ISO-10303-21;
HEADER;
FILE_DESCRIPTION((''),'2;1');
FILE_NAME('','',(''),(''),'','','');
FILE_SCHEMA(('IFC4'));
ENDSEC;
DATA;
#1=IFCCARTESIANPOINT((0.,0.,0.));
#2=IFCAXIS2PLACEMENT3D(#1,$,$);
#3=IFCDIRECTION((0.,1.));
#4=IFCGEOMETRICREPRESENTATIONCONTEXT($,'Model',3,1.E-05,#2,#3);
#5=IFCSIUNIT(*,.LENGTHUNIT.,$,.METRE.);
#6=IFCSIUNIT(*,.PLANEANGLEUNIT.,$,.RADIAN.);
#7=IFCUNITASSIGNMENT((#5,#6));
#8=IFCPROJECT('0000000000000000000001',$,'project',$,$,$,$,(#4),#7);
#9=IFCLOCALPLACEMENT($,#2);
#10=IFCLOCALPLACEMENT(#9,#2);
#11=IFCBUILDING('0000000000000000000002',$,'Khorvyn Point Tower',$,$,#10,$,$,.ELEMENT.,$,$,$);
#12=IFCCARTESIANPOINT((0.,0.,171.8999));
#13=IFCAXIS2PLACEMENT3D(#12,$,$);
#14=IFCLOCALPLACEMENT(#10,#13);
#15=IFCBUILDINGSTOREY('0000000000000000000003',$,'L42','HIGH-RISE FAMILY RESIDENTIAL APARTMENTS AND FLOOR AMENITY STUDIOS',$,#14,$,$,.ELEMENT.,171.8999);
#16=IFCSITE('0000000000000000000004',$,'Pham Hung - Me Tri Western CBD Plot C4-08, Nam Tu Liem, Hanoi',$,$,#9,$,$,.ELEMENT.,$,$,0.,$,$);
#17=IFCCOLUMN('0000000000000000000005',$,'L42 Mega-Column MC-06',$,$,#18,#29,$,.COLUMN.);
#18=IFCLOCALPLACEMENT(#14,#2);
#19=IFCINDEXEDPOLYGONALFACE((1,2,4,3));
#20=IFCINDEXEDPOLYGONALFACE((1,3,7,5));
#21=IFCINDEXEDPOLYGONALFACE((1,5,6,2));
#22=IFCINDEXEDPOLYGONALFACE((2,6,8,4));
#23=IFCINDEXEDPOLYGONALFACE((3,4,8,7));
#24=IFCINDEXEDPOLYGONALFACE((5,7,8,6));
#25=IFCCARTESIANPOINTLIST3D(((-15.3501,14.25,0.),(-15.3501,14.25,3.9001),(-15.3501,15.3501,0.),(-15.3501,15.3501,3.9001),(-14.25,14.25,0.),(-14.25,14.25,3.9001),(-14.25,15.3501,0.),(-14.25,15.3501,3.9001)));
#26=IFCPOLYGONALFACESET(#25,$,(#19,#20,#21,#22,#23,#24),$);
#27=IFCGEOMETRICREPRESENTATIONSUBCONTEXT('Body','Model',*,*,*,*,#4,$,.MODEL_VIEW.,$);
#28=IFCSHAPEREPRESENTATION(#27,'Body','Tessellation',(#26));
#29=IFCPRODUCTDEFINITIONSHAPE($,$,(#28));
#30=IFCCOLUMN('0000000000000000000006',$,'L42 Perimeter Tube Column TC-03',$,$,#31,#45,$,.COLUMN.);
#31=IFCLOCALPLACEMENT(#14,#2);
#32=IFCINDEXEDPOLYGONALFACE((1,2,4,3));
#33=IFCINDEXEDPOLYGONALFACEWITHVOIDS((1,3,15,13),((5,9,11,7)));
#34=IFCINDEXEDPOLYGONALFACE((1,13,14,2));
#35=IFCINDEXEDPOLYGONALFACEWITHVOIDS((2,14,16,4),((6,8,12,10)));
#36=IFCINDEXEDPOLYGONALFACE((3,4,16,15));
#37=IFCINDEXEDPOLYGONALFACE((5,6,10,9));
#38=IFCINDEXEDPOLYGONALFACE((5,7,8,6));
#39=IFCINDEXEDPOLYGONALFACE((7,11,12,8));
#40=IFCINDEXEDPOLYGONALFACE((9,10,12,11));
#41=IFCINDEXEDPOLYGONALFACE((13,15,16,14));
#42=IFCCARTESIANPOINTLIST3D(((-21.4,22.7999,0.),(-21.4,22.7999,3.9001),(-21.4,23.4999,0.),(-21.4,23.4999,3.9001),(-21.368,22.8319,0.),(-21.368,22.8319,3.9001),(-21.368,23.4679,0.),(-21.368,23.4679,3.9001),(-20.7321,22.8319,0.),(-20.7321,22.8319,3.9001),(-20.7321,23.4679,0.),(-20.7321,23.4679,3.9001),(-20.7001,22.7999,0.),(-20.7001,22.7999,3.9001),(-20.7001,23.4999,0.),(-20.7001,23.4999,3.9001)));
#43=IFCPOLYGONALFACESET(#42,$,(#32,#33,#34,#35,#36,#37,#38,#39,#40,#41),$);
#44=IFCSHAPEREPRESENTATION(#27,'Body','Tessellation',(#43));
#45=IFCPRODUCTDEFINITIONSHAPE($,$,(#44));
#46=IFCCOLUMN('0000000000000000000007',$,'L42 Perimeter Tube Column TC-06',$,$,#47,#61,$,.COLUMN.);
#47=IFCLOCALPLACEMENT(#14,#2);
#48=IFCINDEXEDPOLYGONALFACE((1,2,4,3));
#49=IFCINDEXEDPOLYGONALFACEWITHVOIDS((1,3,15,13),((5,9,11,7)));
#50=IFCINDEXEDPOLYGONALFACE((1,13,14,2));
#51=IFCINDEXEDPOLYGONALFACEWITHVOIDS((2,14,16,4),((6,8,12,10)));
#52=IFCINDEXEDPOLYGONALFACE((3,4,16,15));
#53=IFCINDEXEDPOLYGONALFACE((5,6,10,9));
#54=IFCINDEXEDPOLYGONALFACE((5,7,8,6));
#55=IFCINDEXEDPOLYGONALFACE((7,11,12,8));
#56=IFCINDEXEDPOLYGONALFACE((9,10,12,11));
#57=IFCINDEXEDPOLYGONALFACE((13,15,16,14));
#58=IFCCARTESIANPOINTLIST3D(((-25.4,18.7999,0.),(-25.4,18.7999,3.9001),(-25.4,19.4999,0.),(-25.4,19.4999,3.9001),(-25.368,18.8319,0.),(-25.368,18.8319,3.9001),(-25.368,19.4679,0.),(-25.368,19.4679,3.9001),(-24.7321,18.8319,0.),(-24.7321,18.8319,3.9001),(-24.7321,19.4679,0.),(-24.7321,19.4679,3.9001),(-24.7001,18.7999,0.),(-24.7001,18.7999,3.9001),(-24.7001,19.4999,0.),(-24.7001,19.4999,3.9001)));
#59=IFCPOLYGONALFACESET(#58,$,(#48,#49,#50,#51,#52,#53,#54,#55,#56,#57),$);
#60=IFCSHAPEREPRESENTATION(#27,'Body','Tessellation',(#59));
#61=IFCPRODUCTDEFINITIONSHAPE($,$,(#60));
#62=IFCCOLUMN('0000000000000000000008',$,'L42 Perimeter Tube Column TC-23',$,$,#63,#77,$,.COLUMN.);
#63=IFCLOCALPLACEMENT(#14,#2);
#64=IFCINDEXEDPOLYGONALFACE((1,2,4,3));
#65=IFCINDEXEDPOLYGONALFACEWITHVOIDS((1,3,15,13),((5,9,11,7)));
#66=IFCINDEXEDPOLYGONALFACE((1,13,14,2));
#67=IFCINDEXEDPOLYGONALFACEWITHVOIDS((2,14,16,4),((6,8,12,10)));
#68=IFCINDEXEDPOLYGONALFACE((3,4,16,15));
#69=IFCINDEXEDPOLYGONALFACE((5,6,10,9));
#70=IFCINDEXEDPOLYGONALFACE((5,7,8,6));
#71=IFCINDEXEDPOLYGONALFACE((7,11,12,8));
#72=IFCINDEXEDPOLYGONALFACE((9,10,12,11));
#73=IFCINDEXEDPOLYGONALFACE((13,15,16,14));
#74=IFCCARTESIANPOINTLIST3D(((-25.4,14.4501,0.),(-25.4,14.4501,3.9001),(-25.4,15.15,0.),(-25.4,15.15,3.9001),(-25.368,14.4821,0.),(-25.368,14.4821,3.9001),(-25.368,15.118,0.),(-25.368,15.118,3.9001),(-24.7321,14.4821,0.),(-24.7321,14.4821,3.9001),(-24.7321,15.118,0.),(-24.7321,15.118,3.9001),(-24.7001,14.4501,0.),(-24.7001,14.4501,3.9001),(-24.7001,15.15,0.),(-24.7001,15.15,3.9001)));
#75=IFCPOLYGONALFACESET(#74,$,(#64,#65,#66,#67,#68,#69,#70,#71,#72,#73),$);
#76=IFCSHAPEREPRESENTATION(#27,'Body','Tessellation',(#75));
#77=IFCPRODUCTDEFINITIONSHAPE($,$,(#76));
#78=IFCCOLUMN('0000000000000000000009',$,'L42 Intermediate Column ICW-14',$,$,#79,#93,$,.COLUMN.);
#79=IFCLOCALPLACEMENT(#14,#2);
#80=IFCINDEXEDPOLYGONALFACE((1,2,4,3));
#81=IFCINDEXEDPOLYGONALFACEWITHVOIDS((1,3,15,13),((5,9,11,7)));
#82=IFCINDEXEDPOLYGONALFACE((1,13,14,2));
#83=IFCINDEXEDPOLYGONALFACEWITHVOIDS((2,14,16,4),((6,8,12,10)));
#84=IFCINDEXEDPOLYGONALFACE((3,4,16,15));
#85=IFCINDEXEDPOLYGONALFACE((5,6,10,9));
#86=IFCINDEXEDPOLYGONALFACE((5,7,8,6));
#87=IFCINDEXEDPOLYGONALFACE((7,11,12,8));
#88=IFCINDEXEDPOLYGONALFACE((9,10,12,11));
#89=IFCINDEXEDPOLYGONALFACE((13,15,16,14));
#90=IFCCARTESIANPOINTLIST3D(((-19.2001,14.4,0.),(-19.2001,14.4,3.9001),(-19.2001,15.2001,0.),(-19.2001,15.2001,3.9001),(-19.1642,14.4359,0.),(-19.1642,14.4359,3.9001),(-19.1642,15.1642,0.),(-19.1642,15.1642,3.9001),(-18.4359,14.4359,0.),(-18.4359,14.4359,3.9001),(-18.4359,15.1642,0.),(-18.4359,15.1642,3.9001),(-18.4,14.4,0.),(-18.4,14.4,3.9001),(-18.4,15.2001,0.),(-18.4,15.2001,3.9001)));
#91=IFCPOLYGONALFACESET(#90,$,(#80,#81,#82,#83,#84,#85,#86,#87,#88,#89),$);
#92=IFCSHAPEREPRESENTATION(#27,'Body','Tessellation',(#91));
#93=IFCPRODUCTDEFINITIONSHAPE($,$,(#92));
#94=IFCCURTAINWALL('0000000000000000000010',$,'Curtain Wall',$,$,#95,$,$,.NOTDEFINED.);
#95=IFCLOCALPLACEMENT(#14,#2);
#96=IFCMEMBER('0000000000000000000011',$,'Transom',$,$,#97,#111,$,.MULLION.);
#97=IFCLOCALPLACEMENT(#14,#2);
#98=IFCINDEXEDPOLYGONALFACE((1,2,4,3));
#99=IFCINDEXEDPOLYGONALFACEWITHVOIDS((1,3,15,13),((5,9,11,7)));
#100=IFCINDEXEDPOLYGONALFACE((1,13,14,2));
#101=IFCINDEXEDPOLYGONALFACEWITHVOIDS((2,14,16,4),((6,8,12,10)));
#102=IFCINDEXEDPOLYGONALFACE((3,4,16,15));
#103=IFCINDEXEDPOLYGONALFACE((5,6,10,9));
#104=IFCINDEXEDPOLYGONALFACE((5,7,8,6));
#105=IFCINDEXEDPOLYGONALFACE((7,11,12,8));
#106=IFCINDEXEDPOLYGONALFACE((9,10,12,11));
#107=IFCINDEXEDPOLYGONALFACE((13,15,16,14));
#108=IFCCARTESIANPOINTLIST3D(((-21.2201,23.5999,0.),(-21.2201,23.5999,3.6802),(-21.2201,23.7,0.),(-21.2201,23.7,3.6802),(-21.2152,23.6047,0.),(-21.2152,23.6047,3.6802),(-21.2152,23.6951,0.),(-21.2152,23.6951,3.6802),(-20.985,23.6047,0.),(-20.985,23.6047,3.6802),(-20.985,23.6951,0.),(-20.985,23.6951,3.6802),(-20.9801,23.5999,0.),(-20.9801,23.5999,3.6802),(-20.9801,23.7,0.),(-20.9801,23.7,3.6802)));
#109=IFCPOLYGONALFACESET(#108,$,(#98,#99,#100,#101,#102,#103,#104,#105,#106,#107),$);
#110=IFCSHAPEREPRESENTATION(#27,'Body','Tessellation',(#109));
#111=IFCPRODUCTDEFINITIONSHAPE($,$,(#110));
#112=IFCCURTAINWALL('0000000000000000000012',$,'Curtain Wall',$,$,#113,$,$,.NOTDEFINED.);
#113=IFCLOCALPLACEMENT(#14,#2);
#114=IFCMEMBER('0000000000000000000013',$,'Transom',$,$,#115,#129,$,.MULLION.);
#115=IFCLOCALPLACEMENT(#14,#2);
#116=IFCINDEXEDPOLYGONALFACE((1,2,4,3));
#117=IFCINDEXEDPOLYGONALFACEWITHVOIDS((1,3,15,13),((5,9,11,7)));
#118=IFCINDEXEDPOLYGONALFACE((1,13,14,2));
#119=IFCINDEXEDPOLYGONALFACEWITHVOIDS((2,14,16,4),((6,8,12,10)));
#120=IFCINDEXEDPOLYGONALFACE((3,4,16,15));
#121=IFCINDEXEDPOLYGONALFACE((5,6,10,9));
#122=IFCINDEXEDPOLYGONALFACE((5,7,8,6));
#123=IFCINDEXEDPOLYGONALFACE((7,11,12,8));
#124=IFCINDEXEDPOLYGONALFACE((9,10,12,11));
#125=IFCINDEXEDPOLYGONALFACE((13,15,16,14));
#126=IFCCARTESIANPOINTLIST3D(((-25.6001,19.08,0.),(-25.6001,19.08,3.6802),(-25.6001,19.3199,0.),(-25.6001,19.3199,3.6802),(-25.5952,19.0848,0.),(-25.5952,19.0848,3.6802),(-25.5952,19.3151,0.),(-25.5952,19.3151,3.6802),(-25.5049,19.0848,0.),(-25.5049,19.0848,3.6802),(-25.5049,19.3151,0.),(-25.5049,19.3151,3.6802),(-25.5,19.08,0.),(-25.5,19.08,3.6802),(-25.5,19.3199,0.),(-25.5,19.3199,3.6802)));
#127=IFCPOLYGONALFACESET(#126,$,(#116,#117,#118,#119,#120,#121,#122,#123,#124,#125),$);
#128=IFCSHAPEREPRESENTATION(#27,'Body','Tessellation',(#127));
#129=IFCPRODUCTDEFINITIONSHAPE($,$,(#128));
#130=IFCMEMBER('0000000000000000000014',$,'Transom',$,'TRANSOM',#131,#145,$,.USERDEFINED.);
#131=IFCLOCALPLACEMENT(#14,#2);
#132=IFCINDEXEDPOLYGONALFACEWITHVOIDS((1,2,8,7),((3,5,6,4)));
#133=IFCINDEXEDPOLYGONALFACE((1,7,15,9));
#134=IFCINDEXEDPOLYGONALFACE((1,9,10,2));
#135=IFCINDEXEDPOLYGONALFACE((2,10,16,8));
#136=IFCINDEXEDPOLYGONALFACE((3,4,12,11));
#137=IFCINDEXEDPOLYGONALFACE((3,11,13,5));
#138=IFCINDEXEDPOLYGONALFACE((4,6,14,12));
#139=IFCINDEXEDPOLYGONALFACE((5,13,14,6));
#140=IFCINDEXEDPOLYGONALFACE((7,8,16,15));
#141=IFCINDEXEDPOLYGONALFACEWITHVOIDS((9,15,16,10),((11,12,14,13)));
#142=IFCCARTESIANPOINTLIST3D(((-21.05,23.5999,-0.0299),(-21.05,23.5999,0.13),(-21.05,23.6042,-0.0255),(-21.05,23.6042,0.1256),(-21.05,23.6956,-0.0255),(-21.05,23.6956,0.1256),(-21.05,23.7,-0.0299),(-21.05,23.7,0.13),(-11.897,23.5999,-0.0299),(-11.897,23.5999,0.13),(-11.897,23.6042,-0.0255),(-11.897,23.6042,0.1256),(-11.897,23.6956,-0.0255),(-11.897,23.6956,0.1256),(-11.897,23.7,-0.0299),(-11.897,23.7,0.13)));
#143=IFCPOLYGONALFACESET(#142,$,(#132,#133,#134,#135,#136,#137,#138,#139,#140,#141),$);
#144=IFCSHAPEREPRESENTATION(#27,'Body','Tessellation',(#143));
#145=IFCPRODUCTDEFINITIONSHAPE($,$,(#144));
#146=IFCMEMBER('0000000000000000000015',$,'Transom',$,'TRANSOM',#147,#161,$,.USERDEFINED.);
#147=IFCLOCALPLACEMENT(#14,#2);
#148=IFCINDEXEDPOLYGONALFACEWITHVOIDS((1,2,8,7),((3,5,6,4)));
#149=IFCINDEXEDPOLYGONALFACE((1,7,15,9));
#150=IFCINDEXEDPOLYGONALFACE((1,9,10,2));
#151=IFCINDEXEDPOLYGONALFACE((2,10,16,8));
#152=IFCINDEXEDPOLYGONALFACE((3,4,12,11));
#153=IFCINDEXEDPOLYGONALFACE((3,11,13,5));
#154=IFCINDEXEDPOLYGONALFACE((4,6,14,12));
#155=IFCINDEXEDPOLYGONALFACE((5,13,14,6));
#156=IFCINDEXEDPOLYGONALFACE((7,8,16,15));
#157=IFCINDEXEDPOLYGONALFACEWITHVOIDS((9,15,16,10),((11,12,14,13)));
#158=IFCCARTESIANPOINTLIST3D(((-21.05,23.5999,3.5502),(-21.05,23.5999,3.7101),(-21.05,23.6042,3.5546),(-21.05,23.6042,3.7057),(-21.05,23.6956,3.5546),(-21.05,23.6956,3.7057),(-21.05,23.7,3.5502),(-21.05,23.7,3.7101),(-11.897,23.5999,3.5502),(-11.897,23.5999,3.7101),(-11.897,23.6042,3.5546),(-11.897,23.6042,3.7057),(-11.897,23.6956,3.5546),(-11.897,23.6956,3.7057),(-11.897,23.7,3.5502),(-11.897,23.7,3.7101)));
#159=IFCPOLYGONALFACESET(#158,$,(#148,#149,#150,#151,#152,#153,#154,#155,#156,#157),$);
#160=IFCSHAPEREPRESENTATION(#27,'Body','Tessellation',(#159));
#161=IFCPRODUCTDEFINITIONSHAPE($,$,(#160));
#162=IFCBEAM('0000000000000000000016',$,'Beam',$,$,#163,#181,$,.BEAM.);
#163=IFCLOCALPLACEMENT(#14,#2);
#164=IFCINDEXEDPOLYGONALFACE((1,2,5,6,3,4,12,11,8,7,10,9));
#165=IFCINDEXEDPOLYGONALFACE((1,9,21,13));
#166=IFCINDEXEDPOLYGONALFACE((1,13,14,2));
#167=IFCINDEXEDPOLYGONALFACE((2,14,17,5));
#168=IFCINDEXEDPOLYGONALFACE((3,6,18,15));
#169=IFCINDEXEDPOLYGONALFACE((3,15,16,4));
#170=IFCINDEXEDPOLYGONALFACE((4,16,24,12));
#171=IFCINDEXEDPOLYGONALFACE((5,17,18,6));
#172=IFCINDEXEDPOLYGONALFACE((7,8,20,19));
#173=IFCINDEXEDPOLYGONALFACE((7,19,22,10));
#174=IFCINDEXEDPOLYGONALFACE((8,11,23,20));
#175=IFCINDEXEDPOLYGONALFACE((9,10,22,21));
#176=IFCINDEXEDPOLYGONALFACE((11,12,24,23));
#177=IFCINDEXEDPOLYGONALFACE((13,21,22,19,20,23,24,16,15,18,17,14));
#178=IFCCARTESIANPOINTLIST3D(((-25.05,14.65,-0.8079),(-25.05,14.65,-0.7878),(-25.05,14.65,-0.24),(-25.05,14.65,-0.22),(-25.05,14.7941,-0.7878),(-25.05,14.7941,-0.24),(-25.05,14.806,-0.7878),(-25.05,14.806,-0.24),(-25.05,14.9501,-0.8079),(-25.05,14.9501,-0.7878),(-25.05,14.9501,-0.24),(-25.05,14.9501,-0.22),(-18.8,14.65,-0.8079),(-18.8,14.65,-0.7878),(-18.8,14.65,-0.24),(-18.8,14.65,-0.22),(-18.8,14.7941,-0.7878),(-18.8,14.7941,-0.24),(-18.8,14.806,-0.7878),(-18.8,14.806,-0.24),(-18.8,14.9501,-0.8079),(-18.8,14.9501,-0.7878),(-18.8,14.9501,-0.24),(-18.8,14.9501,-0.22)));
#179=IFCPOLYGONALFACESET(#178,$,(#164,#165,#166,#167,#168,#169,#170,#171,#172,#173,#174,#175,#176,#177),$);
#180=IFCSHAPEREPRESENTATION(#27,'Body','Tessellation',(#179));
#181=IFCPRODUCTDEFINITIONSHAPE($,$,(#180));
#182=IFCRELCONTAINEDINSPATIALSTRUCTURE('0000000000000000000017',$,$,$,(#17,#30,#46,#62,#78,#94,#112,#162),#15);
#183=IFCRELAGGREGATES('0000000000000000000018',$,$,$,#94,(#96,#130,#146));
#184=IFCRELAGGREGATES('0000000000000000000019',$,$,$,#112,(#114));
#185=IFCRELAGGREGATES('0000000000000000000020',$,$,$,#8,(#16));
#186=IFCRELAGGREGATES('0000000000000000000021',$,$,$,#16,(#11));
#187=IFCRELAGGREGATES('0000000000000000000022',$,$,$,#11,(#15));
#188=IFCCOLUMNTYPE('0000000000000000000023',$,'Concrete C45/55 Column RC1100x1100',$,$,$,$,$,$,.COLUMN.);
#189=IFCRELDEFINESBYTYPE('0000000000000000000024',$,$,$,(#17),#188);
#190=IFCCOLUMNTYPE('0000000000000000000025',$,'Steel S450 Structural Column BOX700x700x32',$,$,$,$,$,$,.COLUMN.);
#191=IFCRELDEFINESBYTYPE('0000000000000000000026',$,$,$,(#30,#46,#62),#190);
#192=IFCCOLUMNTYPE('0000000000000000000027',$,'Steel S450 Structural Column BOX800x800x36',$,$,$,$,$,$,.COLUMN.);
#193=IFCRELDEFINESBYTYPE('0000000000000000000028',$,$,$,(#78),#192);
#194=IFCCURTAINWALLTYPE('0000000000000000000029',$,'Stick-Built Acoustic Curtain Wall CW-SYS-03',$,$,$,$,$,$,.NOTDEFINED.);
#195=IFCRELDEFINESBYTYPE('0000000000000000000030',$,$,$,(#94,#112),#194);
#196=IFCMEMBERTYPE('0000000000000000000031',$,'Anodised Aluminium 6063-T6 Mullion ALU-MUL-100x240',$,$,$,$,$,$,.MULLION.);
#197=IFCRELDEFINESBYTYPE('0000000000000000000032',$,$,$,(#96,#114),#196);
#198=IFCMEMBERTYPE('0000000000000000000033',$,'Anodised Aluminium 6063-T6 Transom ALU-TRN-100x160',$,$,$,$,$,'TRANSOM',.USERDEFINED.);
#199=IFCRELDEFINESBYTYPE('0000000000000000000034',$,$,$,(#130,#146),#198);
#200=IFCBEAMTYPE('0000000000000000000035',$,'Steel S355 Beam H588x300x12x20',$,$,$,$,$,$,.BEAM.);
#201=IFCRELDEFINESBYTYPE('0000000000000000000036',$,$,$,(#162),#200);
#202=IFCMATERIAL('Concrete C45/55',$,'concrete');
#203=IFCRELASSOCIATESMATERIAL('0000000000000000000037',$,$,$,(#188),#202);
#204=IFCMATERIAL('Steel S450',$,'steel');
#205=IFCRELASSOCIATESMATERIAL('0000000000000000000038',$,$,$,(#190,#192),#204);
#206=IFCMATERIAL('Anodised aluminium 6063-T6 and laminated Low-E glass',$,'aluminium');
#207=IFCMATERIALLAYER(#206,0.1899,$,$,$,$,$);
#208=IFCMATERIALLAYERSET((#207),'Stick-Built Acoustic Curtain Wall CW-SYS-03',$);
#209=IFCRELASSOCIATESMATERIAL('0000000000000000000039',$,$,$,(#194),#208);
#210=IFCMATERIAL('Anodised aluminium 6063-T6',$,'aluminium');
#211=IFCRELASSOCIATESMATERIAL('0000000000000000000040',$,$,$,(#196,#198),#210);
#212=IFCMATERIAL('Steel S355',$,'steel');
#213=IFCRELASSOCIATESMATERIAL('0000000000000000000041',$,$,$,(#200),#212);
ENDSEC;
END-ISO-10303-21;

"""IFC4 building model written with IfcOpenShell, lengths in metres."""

from ifc_helpers import new_model, si_unit, direction, frame, origin, origin_2d, place, context, subcontext, project, spatial, rectangle, hollow_rectangle, i_section, extrude, material, layer, layer_set, material_profile, profile_set, type_object, element, aggregate, save


model = new_model("IFC4")

# Units and contexts
model_context = context("Model", 3, precision=1e-05, world=origin(), true_north=direction((0.0, 1.0)))
body_context = subcontext(model_context, "Body", "Model", "MODEL_VIEW")
ifc_project = project(units=[si_unit("LENGTHUNIT", "METRE"), si_unit("PLANEANGLEUNIT", "RADIAN")], contexts=[model_context])

# Site, building, storey
site_placement = place(None, origin())
site = spatial("IfcSite", under=ifc_project, at=site_placement, Name="Pham Hung - Me Tri Western CBD Plot C4-08, Nam Tu Liem, Hanoi", CompositionType="ELEMENT", RefElevation=0.0)
building_placement = place(site_placement, origin())
building = spatial("IfcBuilding", under=site, at=building_placement, Name="Khorvyn Point Tower", CompositionType="ELEMENT")
storey_placement = place(building_placement, frame((0.0, 0.0, 171.8999)))
storey = spatial("IfcBuildingStorey", under=building, at=storey_placement, Name="L42", Description="HIGH-RISE FAMILY RESIDENTIAL APARTMENTS AND FLOOR AMENITY STUDIOS", CompositionType="ELEMENT", Elevation=171.8999)

# Columns
ifc_material_1 = material(Name="Concrete C45/55", Category="concrete")
ifc_material_profile_1 = material_profile(ifc_material_1, rectangle(XDim=1.1001, YDim=1.1001, at=origin_2d()))
ifc_profile_set_1 = profile_set([ifc_material_profile_1], Name="Concrete C45/55 RC1100x1100")
column_type_1 = type_object("IfcColumnType", Name="Concrete C45/55 Column RC1100x1100", PredefinedType="COLUMN", material=ifc_profile_set_1)
column_1_placement = place(storey_placement, frame((-14.8, 14.8, 0.0), z_axis=(0.0, 0.0, 1.0), x_axis=(1.0, 0.0, 0.0)))
element("IfcColumn", 1, at=column_1_placement, inside=storey, type_object=column_type_1, Name="L42 Mega-Column MC-06", PredefinedType="COLUMN", context=body_context, shape_type="SweptSolid", body=[
    extrude(rectangle(XDim=1.1001, YDim=1.1001, at=origin_2d()), origin(), (0.0, 0.0, 1.0), 3.9001),
])
ifc_material_2 = material(Name="Steel S450", Category="steel")
ifc_material_profile_2 = material_profile(ifc_material_2, hollow_rectangle(XDim=0.7, YDim=0.7, WallThickness=0.032, at=origin_2d()))
ifc_profile_set_2 = profile_set([ifc_material_profile_2], Name="Steel S450 BOX700x700x32")
column_type_2 = type_object("IfcColumnType", Name="Steel S450 Structural Column BOX700x700x32", PredefinedType="COLUMN", material=ifc_profile_set_2)
for number, where, z_axis, x_axis, name in (
    (2, (-21.05, 23.1499, 0.0), (0.0, 0.0, 1.0), (1.0, 0.0, 0.0), "L42 Perimeter Tube Column TC-03"),
    (3, (-25.05, 19.1499, 0.0), (0.0, 0.0, 1.0), (1.0, 0.0, 0.0), "L42 Perimeter Tube Column TC-06"),
    (4, (-25.05, 14.8, 0.0), (0.0, 0.0, 1.0), (1.0, 0.0, 0.0), "L42 Perimeter Tube Column TC-23"),
):
    element("IfcColumn", number, at=place(storey_placement, frame(where, z_axis=z_axis, x_axis=x_axis)), inside=storey, type_object=column_type_2, Name=name, PredefinedType="COLUMN", context=body_context, shape_type="SweptSolid", body=[
        extrude(hollow_rectangle(XDim=0.7, YDim=0.7, WallThickness=0.032, at=origin_2d()), origin(), (0.0, 0.0, 1.0), 3.9001),
    ])
ifc_material_profile_3 = material_profile(ifc_material_2, hollow_rectangle(XDim=0.8, YDim=0.8, WallThickness=0.0359, at=origin_2d()))
ifc_profile_set_3 = profile_set([ifc_material_profile_3], Name="Steel S450 BOX800x800x36")
column_type_3 = type_object("IfcColumnType", Name="Steel S450 Structural Column BOX800x800x36", PredefinedType="COLUMN", material=ifc_profile_set_3)
column_2_placement = place(storey_placement, frame((-18.8, 14.8, 0.0), z_axis=(0.0, 0.0, 1.0), x_axis=(1.0, 0.0, 0.0)))
element("IfcColumn", 5, at=column_2_placement, inside=storey, type_object=column_type_3, Name="L42 Intermediate Column ICW-14", PredefinedType="COLUMN", context=body_context, shape_type="SweptSolid", body=[
    extrude(hollow_rectangle(XDim=0.8, YDim=0.8, WallThickness=0.0359, at=origin_2d()), origin(), (0.0, 0.0, 1.0), 3.9001),
])

# Curtain walls, members
ifc_material_3 = material(Name="Anodised aluminium 6063-T6 and laminated Low-E glass", Category="aluminium")
ifc_layer_1 = layer(ifc_material_3, 0.1899)
ifc_layer_set_1 = layer_set([ifc_layer_1], Name="Stick-Built Acoustic Curtain Wall CW-SYS-03")
curtain_wall_type = type_object("IfcCurtainWallType", Name="Stick-Built Acoustic Curtain Wall CW-SYS-03", PredefinedType="NOTDEFINED", material=ifc_layer_set_1)
curtain_wall_1_placement = place(storey_placement, origin())
curtain_wall_1 = element("IfcCurtainWall", 6, at=curtain_wall_1_placement, inside=storey, type_object=curtain_wall_type, Name="Curtain Wall", PredefinedType="NOTDEFINED")
ifc_material_4 = material(Name="Anodised aluminium 6063-T6", Category="aluminium")
ifc_material_profile_4 = material_profile(ifc_material_4, hollow_rectangle(XDim=0.1001, YDim=0.24, WallThickness=0.0049, at=origin_2d()))
ifc_profile_set_4 = profile_set([ifc_material_profile_4], Name="Anodised aluminium 6063-T6 ALU-MUL-100x240")
member_type_1 = type_object("IfcMemberType", Name="Anodised Aluminium 6063-T6 Mullion ALU-MUL-100x240", PredefinedType="MULLION", material=ifc_profile_set_4)
member_1_placement = place(storey_placement, frame((-21.1001, 23.6499, 0.0), z_axis=(0.0, 0.0, 1.0), x_axis=(0.0, 1.0, 0.0)))
member_1 = element("IfcMember", 7, at=member_1_placement, type_object=member_type_1, Name="Transom", PredefinedType="MULLION", context=body_context, shape_type="SweptSolid", body=[
    extrude(hollow_rectangle(XDim=0.1001, YDim=0.24, WallThickness=0.0049, at=origin_2d()), origin(), (0.0, 0.0, 1.0), 3.6802),
])
curtain_wall_2_placement = place(storey_placement, origin())
curtain_wall_2 = element("IfcCurtainWall", 8, at=curtain_wall_2_placement, inside=storey, type_object=curtain_wall_type, Name="Curtain Wall", PredefinedType="NOTDEFINED")
member_2_placement = place(storey_placement, frame((-25.55, 19.2, 0.0), z_axis=(0.0, 0.0, 1.0), x_axis=(-1.0, 0.0, 0.0)))
member_2 = element("IfcMember", 9, at=member_2_placement, type_object=member_type_1, Name="Transom", PredefinedType="MULLION", context=body_context, shape_type="SweptSolid", body=[
    extrude(hollow_rectangle(XDim=0.1001, YDim=0.24, WallThickness=0.0049, at=origin_2d()), origin(), (0.0, 0.0, 1.0), 3.6802),
])

# Members
ifc_material_profile_5 = material_profile(ifc_material_4, hollow_rectangle(XDim=0.1001, YDim=0.1599, WallThickness=0.0044, at=origin_2d()))
ifc_profile_set_5 = profile_set([ifc_material_profile_5], Name="Anodised aluminium 6063-T6 ALU-TRN-100x160")
member_type_2 = type_object("IfcMemberType", Name="Anodised Aluminium 6063-T6 Transom ALU-TRN-100x160", ElementType="TRANSOM", PredefinedType="USERDEFINED", material=ifc_profile_set_5)
member_3_placement = place(storey_placement, frame((-21.05, 23.6499, 0.05), z_axis=(1.0, 0.0, 0.0), x_axis=(0.0, 1.0, 0.0)))
member_3 = element("IfcMember", 10, at=member_3_placement, type_object=member_type_2, Name="Transom", ObjectType="TRANSOM", PredefinedType="USERDEFINED", context=body_context, shape_type="SweptSolid", body=[
    extrude(hollow_rectangle(XDim=0.1001, YDim=0.1599, WallThickness=0.0044, at=origin_2d()), origin(), (0.0, 0.0, 1.0), 9.1531),
])
member_4_placement = place(storey_placement, frame((-21.05, 23.6499, 3.6301), z_axis=(1.0, 0.0, 0.0), x_axis=(0.0, 1.0, 0.0)))
member_4 = element("IfcMember", 11, at=member_4_placement, type_object=member_type_2, Name="Transom", ObjectType="TRANSOM", PredefinedType="USERDEFINED", context=body_context, shape_type="SweptSolid", body=[
    extrude(hollow_rectangle(XDim=0.1001, YDim=0.1599, WallThickness=0.0044, at=origin_2d()), origin(), (0.0, 0.0, 1.0), 9.1531),
])

# Beam
ifc_material_5 = material(Name="Steel S355", Category="steel")
ifc_material_profile_6 = material_profile(ifc_material_5, i_section(OverallWidth=0.3, OverallDepth=0.5879, WebThickness=0.012, FlangeThickness=0.02, at=origin_2d()))
ifc_profile_set_6 = profile_set([ifc_material_profile_6], Name="Steel S355 H588x300x12x20")
beam_type_1 = type_object("IfcBeamType", Name="Steel S355 Beam H588x300x12x20", PredefinedType="BEAM", material=ifc_profile_set_6)
beam_1_placement = place(storey_placement, frame((-25.05, 14.8, -0.5139), z_axis=(1.0, 0.0, 0.0), x_axis=(0.0, 1.0, 0.0)))
element("IfcBeam", 12, at=beam_1_placement, inside=storey, type_object=beam_type_1, Name="Beam", PredefinedType="BEAM", context=body_context, shape_type="SweptSolid", body=[
    extrude(i_section(OverallWidth=0.3, OverallDepth=0.5879, WebThickness=0.012, FlangeThickness=0.02, at=origin_2d()), origin(), (0.0, 0.0, 1.0), 6.25),
])

aggregate(curtain_wall_1, [member_1, member_3, member_4])
aggregate(curtain_wall_2, [member_2])

save(model, "model.ifc")
